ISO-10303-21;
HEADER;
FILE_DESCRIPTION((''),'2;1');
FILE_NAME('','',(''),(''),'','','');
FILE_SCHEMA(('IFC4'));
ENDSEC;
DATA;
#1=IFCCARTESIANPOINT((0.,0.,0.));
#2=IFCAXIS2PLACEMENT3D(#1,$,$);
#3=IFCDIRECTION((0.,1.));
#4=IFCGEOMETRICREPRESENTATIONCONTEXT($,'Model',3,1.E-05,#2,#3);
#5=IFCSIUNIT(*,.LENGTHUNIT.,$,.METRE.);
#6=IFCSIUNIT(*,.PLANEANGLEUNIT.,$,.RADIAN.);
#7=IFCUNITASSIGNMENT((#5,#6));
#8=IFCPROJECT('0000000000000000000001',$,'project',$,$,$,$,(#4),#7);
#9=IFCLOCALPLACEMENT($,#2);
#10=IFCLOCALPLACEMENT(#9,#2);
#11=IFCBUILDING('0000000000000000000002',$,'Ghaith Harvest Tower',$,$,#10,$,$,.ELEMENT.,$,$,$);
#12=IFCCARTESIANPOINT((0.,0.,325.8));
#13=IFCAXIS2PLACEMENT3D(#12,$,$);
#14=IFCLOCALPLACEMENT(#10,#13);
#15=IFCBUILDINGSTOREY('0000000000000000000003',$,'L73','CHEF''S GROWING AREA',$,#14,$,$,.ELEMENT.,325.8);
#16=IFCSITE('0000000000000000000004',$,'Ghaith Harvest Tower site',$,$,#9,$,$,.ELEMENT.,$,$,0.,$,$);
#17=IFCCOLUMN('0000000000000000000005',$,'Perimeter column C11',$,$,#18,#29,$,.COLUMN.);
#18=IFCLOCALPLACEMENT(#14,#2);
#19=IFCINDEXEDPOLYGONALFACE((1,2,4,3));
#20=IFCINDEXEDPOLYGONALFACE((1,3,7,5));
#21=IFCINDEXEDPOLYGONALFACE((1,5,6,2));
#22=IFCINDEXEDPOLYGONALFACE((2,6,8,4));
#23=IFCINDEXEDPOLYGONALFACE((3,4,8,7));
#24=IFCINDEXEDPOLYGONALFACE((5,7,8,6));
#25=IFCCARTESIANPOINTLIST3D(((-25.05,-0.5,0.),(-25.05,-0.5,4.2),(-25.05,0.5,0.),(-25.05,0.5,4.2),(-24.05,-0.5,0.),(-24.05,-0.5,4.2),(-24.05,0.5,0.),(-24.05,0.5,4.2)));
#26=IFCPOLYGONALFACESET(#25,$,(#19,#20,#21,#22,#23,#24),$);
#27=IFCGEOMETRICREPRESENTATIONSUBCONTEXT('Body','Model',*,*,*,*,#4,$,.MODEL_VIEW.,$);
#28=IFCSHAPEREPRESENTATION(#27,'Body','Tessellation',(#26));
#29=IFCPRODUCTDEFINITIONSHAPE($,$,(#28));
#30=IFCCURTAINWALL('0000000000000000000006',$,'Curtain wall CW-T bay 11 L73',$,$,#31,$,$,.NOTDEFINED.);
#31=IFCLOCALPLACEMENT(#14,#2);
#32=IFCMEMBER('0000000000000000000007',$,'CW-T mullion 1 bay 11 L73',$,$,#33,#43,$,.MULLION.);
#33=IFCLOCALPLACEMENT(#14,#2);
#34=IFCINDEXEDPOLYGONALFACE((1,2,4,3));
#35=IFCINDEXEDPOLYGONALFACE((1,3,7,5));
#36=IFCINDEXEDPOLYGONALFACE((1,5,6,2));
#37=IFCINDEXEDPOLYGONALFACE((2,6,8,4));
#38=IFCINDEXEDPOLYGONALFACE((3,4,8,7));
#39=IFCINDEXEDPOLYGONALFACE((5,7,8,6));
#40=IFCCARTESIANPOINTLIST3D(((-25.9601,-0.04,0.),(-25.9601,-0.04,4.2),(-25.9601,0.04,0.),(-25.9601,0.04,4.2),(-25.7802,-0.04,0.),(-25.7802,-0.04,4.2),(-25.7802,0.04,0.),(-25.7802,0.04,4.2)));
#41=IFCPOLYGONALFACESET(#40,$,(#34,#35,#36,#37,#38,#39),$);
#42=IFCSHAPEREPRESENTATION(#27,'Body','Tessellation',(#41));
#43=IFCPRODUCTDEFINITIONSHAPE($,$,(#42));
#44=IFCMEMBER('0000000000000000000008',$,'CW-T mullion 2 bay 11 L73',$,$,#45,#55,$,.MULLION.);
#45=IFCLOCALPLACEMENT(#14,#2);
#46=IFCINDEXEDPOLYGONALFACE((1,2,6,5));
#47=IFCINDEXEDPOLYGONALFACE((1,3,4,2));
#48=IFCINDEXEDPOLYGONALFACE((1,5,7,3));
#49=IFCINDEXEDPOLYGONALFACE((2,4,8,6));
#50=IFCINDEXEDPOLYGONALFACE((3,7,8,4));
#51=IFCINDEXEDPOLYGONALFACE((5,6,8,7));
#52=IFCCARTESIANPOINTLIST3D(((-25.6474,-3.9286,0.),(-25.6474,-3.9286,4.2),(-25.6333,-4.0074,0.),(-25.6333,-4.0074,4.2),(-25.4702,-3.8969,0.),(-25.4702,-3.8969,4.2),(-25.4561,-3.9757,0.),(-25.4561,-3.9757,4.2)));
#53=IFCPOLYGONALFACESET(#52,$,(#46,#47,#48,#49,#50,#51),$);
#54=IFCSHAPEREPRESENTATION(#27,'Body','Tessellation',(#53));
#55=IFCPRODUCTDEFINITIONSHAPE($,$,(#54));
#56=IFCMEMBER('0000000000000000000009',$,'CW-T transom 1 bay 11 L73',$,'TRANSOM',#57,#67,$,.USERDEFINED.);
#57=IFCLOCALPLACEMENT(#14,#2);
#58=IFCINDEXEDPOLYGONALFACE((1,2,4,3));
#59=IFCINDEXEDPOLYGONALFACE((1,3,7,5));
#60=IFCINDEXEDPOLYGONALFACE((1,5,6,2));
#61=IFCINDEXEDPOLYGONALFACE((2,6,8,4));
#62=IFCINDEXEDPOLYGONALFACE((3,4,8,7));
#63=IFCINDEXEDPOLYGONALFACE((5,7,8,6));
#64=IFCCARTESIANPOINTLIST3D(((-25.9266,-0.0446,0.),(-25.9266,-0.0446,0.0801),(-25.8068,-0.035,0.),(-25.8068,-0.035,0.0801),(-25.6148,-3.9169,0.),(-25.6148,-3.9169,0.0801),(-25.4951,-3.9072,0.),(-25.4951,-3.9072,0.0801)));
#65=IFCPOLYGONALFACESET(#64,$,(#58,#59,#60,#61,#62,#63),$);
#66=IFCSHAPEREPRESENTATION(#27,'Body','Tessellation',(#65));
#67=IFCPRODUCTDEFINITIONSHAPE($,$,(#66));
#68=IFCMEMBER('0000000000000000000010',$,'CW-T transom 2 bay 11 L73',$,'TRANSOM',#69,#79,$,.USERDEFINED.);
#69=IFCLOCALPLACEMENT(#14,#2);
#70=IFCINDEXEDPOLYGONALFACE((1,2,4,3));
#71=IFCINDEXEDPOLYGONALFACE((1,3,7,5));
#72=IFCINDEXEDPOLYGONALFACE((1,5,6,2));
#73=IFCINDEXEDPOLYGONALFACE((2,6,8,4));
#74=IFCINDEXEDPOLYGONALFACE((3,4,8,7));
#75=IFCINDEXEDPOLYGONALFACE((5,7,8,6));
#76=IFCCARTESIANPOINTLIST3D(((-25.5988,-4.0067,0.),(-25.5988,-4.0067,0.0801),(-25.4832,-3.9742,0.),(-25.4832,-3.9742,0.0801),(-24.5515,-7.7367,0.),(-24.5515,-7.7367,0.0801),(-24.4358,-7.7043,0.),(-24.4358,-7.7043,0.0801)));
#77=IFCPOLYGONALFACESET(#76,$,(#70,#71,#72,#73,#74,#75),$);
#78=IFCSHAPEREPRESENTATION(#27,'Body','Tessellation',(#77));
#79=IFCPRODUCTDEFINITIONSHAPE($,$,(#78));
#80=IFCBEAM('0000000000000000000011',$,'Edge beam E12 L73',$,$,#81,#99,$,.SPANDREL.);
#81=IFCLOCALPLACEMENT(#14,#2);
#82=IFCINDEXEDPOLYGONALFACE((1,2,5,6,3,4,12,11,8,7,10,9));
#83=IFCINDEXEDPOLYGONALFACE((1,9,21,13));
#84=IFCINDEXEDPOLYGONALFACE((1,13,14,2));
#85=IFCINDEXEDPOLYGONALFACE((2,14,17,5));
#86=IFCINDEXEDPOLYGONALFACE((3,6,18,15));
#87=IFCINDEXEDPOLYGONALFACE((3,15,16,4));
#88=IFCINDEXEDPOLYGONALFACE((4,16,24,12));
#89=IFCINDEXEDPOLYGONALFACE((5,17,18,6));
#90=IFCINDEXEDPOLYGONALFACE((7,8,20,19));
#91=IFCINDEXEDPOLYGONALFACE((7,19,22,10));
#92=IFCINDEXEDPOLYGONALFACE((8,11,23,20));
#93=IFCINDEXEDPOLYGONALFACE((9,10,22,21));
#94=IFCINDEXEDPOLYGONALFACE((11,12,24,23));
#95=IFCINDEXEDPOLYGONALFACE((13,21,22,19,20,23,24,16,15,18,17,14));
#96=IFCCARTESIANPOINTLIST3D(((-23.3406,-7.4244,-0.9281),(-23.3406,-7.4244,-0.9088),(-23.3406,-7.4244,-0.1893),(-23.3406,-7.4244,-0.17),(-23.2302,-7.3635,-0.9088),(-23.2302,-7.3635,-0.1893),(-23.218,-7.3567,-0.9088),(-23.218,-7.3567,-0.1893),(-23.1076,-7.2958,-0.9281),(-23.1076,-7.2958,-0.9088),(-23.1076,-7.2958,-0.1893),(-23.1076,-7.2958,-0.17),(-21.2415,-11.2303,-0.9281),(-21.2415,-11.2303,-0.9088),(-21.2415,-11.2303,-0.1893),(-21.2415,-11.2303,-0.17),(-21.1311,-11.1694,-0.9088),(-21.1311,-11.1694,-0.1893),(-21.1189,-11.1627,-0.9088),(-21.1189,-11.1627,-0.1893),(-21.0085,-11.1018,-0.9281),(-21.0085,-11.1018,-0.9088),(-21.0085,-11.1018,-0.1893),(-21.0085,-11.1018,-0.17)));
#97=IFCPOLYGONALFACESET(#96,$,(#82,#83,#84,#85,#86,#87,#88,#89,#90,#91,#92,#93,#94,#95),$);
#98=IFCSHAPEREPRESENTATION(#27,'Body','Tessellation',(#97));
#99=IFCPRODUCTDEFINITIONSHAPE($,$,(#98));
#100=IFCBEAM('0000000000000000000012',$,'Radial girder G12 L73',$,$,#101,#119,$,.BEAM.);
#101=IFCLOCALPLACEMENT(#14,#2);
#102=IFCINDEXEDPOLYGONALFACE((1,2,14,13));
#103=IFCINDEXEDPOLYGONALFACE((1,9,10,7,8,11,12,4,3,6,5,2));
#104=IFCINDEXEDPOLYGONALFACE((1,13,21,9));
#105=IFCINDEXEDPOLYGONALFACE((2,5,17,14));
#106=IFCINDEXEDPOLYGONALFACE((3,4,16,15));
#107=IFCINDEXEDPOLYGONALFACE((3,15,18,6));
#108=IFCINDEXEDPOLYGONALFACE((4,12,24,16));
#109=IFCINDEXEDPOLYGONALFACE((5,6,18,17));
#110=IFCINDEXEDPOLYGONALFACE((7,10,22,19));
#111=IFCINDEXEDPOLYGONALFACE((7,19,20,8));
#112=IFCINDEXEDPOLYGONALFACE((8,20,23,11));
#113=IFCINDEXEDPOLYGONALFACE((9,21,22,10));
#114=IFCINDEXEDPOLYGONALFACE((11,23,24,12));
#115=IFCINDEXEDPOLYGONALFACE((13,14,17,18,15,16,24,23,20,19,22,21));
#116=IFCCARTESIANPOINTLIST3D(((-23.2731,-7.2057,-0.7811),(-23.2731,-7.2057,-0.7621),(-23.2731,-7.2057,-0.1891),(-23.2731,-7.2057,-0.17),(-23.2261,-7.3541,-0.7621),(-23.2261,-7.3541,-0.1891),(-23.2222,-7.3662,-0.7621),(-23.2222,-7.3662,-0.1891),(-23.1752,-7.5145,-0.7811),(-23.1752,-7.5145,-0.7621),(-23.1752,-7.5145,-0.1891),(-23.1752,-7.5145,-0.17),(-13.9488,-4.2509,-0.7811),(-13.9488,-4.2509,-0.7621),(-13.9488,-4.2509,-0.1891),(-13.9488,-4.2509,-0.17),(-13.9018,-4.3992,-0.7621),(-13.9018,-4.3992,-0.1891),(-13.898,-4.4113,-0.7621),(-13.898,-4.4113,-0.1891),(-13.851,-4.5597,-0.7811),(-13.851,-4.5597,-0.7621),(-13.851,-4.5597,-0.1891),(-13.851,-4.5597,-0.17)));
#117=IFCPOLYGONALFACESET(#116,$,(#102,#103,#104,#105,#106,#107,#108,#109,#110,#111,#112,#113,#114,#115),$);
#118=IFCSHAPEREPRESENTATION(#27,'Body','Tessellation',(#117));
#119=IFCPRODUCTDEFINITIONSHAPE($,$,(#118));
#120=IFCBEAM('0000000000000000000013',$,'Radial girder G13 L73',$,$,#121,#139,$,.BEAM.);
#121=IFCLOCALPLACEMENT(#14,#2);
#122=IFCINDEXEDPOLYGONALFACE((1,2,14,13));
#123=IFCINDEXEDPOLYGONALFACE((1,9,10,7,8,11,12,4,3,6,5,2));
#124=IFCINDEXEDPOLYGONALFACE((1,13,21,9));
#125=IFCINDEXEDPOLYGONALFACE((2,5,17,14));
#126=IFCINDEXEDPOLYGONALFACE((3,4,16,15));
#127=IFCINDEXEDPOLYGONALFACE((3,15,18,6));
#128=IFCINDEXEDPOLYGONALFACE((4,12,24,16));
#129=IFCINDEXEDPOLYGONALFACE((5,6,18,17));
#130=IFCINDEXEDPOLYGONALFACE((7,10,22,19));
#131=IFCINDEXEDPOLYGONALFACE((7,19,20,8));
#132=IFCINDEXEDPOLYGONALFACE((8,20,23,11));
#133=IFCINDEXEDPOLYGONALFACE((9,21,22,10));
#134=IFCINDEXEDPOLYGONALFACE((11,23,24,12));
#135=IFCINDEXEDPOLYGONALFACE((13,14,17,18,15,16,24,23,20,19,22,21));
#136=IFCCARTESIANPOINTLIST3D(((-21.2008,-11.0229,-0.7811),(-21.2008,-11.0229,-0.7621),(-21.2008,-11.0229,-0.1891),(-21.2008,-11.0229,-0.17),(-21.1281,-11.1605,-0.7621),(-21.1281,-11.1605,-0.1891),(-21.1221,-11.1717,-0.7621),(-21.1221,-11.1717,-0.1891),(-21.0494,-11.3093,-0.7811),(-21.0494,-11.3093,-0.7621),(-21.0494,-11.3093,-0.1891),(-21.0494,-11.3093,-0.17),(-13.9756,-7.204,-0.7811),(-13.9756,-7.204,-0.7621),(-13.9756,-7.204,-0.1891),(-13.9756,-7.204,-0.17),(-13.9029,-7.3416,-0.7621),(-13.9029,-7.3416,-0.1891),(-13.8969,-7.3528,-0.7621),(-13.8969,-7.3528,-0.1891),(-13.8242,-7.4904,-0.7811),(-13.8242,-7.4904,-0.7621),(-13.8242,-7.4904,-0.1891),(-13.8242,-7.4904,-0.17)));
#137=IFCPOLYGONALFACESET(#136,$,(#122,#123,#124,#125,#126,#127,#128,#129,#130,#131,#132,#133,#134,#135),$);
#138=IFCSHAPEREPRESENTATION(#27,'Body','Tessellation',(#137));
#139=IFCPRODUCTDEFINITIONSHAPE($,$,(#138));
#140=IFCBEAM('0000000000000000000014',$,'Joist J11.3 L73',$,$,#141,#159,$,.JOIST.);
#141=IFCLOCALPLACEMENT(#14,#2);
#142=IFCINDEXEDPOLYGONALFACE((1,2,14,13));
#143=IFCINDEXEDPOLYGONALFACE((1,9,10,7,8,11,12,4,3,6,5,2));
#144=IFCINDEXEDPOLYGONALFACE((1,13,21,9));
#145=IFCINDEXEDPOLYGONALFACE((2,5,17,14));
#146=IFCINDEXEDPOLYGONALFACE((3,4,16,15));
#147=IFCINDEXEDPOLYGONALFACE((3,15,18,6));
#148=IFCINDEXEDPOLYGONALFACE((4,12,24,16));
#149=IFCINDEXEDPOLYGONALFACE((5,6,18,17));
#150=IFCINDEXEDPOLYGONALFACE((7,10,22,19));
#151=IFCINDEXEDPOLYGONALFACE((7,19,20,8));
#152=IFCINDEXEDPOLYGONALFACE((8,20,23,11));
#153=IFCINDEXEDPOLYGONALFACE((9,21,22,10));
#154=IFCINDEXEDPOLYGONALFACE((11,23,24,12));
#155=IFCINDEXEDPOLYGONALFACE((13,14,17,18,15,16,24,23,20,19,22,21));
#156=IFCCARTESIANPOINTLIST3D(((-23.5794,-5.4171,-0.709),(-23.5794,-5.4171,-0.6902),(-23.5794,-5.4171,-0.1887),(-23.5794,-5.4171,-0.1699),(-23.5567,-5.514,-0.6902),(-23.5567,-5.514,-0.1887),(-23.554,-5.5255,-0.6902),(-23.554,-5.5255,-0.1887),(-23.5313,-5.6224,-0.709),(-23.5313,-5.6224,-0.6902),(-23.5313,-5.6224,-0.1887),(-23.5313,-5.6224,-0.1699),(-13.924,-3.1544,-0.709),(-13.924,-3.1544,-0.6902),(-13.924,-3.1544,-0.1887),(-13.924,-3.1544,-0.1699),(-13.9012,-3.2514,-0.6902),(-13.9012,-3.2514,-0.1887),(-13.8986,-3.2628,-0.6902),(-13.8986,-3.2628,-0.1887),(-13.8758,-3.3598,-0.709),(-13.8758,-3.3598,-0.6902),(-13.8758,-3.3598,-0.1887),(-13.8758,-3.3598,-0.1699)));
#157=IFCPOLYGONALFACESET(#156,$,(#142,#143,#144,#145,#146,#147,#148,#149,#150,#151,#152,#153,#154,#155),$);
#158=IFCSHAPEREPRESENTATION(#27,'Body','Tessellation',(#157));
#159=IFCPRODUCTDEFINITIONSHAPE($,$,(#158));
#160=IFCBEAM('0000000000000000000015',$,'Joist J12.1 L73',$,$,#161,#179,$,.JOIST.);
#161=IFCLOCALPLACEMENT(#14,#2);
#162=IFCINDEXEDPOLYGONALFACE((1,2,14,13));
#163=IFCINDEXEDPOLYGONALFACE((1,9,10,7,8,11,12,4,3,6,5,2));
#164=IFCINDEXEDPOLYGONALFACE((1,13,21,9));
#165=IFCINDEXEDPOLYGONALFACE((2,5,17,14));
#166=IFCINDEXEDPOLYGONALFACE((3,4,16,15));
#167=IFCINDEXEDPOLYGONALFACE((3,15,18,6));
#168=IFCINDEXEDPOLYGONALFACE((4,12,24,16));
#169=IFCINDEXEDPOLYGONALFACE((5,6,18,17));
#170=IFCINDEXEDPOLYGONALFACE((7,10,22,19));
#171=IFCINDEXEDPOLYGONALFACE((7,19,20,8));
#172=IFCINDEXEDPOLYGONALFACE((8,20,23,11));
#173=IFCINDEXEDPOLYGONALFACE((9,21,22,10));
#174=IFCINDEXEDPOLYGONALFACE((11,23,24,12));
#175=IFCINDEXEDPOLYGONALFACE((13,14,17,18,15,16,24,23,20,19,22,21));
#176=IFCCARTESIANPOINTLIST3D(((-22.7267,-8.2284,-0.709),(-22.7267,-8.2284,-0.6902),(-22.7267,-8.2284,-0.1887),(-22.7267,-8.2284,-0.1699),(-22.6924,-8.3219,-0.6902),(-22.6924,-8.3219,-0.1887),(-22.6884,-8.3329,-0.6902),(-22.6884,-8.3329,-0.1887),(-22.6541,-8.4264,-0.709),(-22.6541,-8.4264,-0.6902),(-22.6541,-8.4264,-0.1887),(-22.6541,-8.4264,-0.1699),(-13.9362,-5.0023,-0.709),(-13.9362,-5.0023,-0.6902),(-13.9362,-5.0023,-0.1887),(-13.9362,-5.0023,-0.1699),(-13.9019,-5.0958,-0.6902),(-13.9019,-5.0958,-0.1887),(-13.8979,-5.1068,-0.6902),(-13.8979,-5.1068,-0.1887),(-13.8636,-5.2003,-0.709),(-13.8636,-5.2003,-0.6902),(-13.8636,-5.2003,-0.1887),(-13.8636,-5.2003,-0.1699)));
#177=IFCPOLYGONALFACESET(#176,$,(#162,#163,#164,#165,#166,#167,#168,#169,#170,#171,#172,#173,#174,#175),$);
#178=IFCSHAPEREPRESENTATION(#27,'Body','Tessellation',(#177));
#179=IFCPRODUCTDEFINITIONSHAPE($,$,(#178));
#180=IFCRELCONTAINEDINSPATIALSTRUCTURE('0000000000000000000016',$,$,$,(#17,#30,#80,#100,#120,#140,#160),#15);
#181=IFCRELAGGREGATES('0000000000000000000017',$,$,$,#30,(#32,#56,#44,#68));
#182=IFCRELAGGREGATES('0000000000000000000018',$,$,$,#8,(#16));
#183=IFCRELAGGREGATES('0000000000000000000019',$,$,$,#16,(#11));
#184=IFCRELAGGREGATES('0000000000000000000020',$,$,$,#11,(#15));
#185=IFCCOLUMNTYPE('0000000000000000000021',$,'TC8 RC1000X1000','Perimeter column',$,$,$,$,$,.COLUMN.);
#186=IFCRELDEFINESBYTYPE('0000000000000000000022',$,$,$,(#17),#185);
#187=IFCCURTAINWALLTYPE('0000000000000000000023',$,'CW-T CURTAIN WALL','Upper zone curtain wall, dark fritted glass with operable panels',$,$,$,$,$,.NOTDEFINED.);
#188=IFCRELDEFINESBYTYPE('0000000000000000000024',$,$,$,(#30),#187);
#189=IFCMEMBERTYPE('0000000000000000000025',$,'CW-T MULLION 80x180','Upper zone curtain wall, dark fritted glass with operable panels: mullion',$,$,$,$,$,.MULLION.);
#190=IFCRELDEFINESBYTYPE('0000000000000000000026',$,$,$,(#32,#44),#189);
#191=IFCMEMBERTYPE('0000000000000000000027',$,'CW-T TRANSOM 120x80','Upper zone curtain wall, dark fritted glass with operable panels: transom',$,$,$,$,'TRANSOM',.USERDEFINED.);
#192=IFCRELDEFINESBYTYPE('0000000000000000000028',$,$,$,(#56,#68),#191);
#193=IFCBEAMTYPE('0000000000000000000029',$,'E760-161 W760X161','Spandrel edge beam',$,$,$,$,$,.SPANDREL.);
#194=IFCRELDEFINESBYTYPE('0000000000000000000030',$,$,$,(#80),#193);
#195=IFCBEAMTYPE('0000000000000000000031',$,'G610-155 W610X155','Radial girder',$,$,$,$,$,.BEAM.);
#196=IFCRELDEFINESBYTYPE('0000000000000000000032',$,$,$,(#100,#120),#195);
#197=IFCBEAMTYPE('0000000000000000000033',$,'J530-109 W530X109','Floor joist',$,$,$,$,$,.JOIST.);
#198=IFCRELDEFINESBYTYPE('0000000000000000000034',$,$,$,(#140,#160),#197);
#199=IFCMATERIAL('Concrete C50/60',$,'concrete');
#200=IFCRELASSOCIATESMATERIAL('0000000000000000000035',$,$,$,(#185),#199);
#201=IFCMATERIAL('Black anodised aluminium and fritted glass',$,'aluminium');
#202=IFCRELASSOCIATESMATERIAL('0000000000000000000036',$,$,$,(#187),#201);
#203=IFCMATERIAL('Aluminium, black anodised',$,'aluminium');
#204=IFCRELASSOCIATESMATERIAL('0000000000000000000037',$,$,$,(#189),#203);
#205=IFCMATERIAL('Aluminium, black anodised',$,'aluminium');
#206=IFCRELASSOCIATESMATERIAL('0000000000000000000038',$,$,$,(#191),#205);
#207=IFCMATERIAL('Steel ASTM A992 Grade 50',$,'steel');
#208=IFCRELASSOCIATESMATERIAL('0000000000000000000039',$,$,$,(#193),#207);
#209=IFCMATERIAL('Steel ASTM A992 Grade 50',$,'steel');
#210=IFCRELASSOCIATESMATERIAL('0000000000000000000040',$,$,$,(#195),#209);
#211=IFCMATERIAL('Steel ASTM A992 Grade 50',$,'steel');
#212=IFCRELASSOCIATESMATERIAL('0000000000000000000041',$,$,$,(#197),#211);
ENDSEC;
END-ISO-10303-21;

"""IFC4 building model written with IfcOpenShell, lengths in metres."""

from ifc_helpers import new_model, si_unit, direction, frame, origin, origin_2d, place, context, subcontext, project, spatial, rectangle, i_section, extrude, material, material_profile, profile_set, type_object, element, aggregate, save


model = new_model("IFC4")

# Units and contexts
model_context = context("Model", 3, precision=1e-05, world=origin(), true_north=direction((0.0, 1.0)))
body_context = subcontext(model_context, "Body", "Model", "MODEL_VIEW")
ifc_project = project(units=[si_unit("LENGTHUNIT", "METRE"), si_unit("PLANEANGLEUNIT", "RADIAN")], contexts=[model_context])

# Site, building, storey
site_placement = place(None, origin())
site = spatial("IfcSite", under=ifc_project, at=site_placement, Name="Ghaith Harvest Tower site", CompositionType="ELEMENT", RefElevation=0.0)
building_placement = place(site_placement, origin())
building = spatial("IfcBuilding", under=site, at=building_placement, Name="Ghaith Harvest Tower", CompositionType="ELEMENT")
storey_placement = place(building_placement, frame((0.0, 0.0, 325.8)))
storey = spatial("IfcBuildingStorey", under=building, at=storey_placement, Name="L73", Description="CHEF'S GROWING AREA", CompositionType="ELEMENT", Elevation=325.8)

# Column
ifc_material_1 = material(Name="Concrete C50/60", Category="concrete")
ifc_material_profile_1 = material_profile(ifc_material_1, rectangle(XDim=1.0, YDim=1.0, at=origin_2d()), Name="RC1000X1000")
ifc_profile_set_1 = profile_set([ifc_material_profile_1], Name="Concrete C50/60")
column_type = type_object("IfcColumnType", Name="TC8 RC1000X1000", Description="Perimeter column", PredefinedType="COLUMN", material=ifc_profile_set_1)
column_placement = place(storey_placement, frame((-24.55, 0.0, 0.0), z_axis=(0.0, 0.0, 1.0), x_axis=(1.0, 0.0, 0.0)))
element("IfcColumn", 1, at=column_placement, inside=storey, type_object=column_type, Name="Perimeter column C11", PredefinedType="COLUMN", context=body_context, shape_type="SweptSolid", body=[
    extrude(rectangle(XDim=1.0, YDim=1.0, at=origin_2d()), origin(), (0.0, 0.0, 1.0), 4.2),
])

# Curtain wall, members
ifc_material_2 = material(Name="Black anodised aluminium and fritted glass", Category="aluminium")
curtain_wall_type = type_object("IfcCurtainWallType", Name="CW-T CURTAIN WALL", Description="Upper zone curtain wall, dark fritted glass with operable panels", PredefinedType="NOTDEFINED", material=ifc_material_2)
curtain_wall_placement = place(storey_placement, origin())
curtain_wall = element("IfcCurtainWall", 2, at=curtain_wall_placement, inside=storey, type_object=curtain_wall_type, Name="Curtain wall CW-T bay 11 L73", PredefinedType="NOTDEFINED")
ifc_material_3 = material(Name="Aluminium, black anodised", Category="aluminium")
ifc_material_profile_2 = material_profile(ifc_material_3, rectangle(XDim=0.0801, YDim=0.1799, at=origin_2d()), Name="CW-T MULLION 80x180")
ifc_profile_set_2 = profile_set([ifc_material_profile_2], Name="Aluminium, black anodised")
member_type_1 = type_object("IfcMemberType", Name="CW-T MULLION 80x180", Description="Upper zone curtain wall, dark fritted glass with operable panels: mullion", PredefinedType="MULLION", material=ifc_profile_set_2)
member_1_placement = place(storey_placement, frame((-25.8701, 0.0, 0.0), z_axis=(0.0, 0.0, 1.0), x_axis=(0.0, -1.0, 0.0)))
member_1 = element("IfcMember", 3, at=member_1_placement, type_object=member_type_1, Name="CW-T mullion 1 bay 11 L73", PredefinedType="MULLION", context=body_context, shape_type="SweptSolid", body=[
    extrude(rectangle(XDim=0.0801, YDim=0.1799, at=origin_2d()), origin(), (0.0, 0.0, 1.0), 4.2),
])
member_2_placement = place(storey_placement, frame((-25.5518, -3.9521, 0.0), z_axis=(0.0, 0.0, 1.0), x_axis=(0.176001, -0.98439, 0.0)))
member_2 = element("IfcMember", 4, at=member_2_placement, type_object=member_type_1, Name="CW-T mullion 2 bay 11 L73", PredefinedType="MULLION", context=body_context, shape_type="SweptSolid", body=[
    extrude(rectangle(XDim=0.0801, YDim=0.1799, at=origin_2d()), origin(), (0.0, 0.0, 1.0), 4.2),
])
ifc_material_4 = material(Name="Aluminium, black anodised", Category="aluminium")
ifc_material_profile_3 = material_profile(ifc_material_4, rectangle(XDim=0.1201, YDim=0.0801, at=origin_2d()), Name="CW-T TRANSOM 120x80")
ifc_profile_set_3 = profile_set([ifc_material_profile_3], Name="Aluminium, black anodised")
member_type_2 = type_object("IfcMemberType", Name="CW-T TRANSOM 120x80", Description="Upper zone curtain wall, dark fritted glass with operable panels: transom", ElementType="TRANSOM", PredefinedType="USERDEFINED", material=ifc_profile_set_3)
member_3_placement = place(storey_placement, frame((-25.8667, -0.0398, 0.04), z_axis=(0.080252, -0.996775, 0.0), x_axis=(0.996775, 0.080252, 0.0)))
member_3 = element("IfcMember", 5, at=member_3_placement, type_object=member_type_2, Name="CW-T transom 1 bay 11 L73", ObjectType="TRANSOM", PredefinedType="USERDEFINED", context=body_context, shape_type="SweptSolid", body=[
    extrude(rectangle(XDim=0.1201, YDim=0.0801, at=origin_2d()), origin(), (0.0, 0.0, 1.0), 3.8848),
])
member_4_placement = place(storey_placement, frame((-25.541, -3.9905, 0.04), z_axis=(0.27034, -0.962765, 0.0), x_axis=(0.962765, 0.27034, 0.0)))
member_4 = element("IfcMember", 6, at=member_4_placement, type_object=member_type_2, Name="CW-T transom 2 bay 11 L73", ObjectType="TRANSOM", PredefinedType="USERDEFINED", context=body_context, shape_type="SweptSolid", body=[
    extrude(rectangle(XDim=0.1201, YDim=0.0801, at=origin_2d()), origin(), (0.0, 0.0, 1.0), 3.8743),
])

# Beams
ifc_material_5 = material(Name="Steel ASTM A992 Grade 50", Category="steel")
ifc_material_profile_4 = material_profile(ifc_material_5, i_section(OverallWidth=0.2661, OverallDepth=0.7581, WebThickness=0.0139, FlangeThickness=0.0193, at=origin_2d()), Name="W760X161")
ifc_profile_set_4 = profile_set([ifc_material_profile_4], Name="Steel ASTM A992 Grade 50")
beam_type_1 = type_object("IfcBeamType", Name="E760-161 W760X161", Description="Spandrel edge beam", PredefinedType="SPANDREL", material=ifc_profile_set_4)
beam_1_placement = place(storey_placement, frame((-23.2241, -7.3601, -0.5491), z_axis=(0.482956, -0.875645, 0.0), x_axis=(0.875645, 0.482956, 0.0)))
element("IfcBeam", 7, at=beam_1_placement, inside=storey, type_object=beam_type_1, Name="Edge beam E12 L73", PredefinedType="SPANDREL", context=body_context, shape_type="SweptSolid", body=[
    extrude(i_section(OverallWidth=0.2661, OverallDepth=0.7581, WebThickness=0.0139, FlangeThickness=0.0193, at=origin_2d()), origin(), (0.0, 0.0, 1.0), 4.3464),
])
ifc_material_6 = material(Name="Steel ASTM A992 Grade 50", Category="steel")
ifc_material_profile_5 = material_profile(ifc_material_6, i_section(OverallWidth=0.324, OverallDepth=0.6111, WebThickness=0.0127, FlangeThickness=0.019, at=origin_2d()), Name="W610X155")
ifc_profile_set_5 = profile_set([ifc_material_profile_5], Name="Steel ASTM A992 Grade 50")
beam_type_2 = type_object("IfcBeamType", Name="G610-155 W610X155", Description="Radial girder", PredefinedType="BEAM", material=ifc_profile_set_5)
beam_2_placement = place(storey_placement, frame((-13.8999, -4.4053, -0.4756), z_axis=(-0.953279, -0.302093, 0.0), x_axis=(0.302093, -0.953279, 0.0)))
element("IfcBeam", 8, at=beam_2_placement, inside=storey, type_object=beam_type_2, Name="Radial girder G12 L73", PredefinedType="BEAM", context=body_context, shape_type="SweptSolid", body=[
    extrude(i_section(OverallWidth=0.324, OverallDepth=0.6111, WebThickness=0.0127, FlangeThickness=0.019, at=origin_2d()), origin(), (0.0, 0.0, 1.0), 9.7812),
])
beam_3_placement = place(storey_placement, frame((-13.8999, -7.3472, -0.4756), z_axis=(-0.884102, -0.467295, 0.0), x_axis=(0.467295, -0.884102, 0.0)))
element("IfcBeam", 9, at=beam_3_placement, inside=storey, type_object=beam_type_2, Name="Radial girder G13 L73", PredefinedType="BEAM", context=body_context, shape_type="SweptSolid", body=[
    extrude(i_section(OverallWidth=0.324, OverallDepth=0.6111, WebThickness=0.0127, FlangeThickness=0.019, at=origin_2d()), origin(), (0.0, 0.0, 1.0), 8.1724),
])
ifc_material_7 = material(Name="Steel ASTM A992 Grade 50", Category="steel")
ifc_material_profile_6 = material_profile(ifc_material_7, i_section(OverallWidth=0.2109, OverallDepth=0.5391, WebThickness=0.0117, FlangeThickness=0.0188, at=origin_2d()), Name="W530X109")
ifc_profile_set_6 = profile_set([ifc_material_profile_6], Name="Steel ASTM A992 Grade 50")
beam_type_3 = type_object("IfcBeamType", Name="J530-109 W530X109", Description="Floor joist", PredefinedType="JOIST", material=ifc_profile_set_6)
beam_4_placement = place(storey_placement, frame((-13.8999, -3.2571, -0.4395), z_axis=(-0.973623, -0.228161, 0.0), x_axis=(0.228161, -0.973623, 0.0)))
element("IfcBeam", 10, at=beam_4_placement, inside=storey, type_object=beam_type_3, Name="Joist J11.3 L73", PredefinedType="JOIST", context=body_context, shape_type="SweptSolid", body=[
    extrude(i_section(OverallWidth=0.2109, OverallDepth=0.5391, WebThickness=0.0117, FlangeThickness=0.0188, at=origin_2d()), origin(), (0.0, 0.0, 1.0), 9.917),
])
beam_5_placement = place(storey_placement, frame((-13.8999, -5.1013, -0.4395), z_axis=(-0.938777, -0.344526, 0.0), x_axis=(0.344526, -0.938777, 0.0)))
element("IfcBeam", 11, at=beam_5_placement, inside=storey, type_object=beam_type_3, Name="Joist J12.1 L73", PredefinedType="JOIST", context=body_context, shape_type="SweptSolid", body=[
    extrude(i_section(OverallWidth=0.2109, OverallDepth=0.5391, WebThickness=0.0117, FlangeThickness=0.0188, at=origin_2d()), origin(), (0.0, 0.0, 1.0), 9.3638),
])

aggregate(curtain_wall, [member_1, member_3, member_2, member_4])

save(model, "model.ifc")
